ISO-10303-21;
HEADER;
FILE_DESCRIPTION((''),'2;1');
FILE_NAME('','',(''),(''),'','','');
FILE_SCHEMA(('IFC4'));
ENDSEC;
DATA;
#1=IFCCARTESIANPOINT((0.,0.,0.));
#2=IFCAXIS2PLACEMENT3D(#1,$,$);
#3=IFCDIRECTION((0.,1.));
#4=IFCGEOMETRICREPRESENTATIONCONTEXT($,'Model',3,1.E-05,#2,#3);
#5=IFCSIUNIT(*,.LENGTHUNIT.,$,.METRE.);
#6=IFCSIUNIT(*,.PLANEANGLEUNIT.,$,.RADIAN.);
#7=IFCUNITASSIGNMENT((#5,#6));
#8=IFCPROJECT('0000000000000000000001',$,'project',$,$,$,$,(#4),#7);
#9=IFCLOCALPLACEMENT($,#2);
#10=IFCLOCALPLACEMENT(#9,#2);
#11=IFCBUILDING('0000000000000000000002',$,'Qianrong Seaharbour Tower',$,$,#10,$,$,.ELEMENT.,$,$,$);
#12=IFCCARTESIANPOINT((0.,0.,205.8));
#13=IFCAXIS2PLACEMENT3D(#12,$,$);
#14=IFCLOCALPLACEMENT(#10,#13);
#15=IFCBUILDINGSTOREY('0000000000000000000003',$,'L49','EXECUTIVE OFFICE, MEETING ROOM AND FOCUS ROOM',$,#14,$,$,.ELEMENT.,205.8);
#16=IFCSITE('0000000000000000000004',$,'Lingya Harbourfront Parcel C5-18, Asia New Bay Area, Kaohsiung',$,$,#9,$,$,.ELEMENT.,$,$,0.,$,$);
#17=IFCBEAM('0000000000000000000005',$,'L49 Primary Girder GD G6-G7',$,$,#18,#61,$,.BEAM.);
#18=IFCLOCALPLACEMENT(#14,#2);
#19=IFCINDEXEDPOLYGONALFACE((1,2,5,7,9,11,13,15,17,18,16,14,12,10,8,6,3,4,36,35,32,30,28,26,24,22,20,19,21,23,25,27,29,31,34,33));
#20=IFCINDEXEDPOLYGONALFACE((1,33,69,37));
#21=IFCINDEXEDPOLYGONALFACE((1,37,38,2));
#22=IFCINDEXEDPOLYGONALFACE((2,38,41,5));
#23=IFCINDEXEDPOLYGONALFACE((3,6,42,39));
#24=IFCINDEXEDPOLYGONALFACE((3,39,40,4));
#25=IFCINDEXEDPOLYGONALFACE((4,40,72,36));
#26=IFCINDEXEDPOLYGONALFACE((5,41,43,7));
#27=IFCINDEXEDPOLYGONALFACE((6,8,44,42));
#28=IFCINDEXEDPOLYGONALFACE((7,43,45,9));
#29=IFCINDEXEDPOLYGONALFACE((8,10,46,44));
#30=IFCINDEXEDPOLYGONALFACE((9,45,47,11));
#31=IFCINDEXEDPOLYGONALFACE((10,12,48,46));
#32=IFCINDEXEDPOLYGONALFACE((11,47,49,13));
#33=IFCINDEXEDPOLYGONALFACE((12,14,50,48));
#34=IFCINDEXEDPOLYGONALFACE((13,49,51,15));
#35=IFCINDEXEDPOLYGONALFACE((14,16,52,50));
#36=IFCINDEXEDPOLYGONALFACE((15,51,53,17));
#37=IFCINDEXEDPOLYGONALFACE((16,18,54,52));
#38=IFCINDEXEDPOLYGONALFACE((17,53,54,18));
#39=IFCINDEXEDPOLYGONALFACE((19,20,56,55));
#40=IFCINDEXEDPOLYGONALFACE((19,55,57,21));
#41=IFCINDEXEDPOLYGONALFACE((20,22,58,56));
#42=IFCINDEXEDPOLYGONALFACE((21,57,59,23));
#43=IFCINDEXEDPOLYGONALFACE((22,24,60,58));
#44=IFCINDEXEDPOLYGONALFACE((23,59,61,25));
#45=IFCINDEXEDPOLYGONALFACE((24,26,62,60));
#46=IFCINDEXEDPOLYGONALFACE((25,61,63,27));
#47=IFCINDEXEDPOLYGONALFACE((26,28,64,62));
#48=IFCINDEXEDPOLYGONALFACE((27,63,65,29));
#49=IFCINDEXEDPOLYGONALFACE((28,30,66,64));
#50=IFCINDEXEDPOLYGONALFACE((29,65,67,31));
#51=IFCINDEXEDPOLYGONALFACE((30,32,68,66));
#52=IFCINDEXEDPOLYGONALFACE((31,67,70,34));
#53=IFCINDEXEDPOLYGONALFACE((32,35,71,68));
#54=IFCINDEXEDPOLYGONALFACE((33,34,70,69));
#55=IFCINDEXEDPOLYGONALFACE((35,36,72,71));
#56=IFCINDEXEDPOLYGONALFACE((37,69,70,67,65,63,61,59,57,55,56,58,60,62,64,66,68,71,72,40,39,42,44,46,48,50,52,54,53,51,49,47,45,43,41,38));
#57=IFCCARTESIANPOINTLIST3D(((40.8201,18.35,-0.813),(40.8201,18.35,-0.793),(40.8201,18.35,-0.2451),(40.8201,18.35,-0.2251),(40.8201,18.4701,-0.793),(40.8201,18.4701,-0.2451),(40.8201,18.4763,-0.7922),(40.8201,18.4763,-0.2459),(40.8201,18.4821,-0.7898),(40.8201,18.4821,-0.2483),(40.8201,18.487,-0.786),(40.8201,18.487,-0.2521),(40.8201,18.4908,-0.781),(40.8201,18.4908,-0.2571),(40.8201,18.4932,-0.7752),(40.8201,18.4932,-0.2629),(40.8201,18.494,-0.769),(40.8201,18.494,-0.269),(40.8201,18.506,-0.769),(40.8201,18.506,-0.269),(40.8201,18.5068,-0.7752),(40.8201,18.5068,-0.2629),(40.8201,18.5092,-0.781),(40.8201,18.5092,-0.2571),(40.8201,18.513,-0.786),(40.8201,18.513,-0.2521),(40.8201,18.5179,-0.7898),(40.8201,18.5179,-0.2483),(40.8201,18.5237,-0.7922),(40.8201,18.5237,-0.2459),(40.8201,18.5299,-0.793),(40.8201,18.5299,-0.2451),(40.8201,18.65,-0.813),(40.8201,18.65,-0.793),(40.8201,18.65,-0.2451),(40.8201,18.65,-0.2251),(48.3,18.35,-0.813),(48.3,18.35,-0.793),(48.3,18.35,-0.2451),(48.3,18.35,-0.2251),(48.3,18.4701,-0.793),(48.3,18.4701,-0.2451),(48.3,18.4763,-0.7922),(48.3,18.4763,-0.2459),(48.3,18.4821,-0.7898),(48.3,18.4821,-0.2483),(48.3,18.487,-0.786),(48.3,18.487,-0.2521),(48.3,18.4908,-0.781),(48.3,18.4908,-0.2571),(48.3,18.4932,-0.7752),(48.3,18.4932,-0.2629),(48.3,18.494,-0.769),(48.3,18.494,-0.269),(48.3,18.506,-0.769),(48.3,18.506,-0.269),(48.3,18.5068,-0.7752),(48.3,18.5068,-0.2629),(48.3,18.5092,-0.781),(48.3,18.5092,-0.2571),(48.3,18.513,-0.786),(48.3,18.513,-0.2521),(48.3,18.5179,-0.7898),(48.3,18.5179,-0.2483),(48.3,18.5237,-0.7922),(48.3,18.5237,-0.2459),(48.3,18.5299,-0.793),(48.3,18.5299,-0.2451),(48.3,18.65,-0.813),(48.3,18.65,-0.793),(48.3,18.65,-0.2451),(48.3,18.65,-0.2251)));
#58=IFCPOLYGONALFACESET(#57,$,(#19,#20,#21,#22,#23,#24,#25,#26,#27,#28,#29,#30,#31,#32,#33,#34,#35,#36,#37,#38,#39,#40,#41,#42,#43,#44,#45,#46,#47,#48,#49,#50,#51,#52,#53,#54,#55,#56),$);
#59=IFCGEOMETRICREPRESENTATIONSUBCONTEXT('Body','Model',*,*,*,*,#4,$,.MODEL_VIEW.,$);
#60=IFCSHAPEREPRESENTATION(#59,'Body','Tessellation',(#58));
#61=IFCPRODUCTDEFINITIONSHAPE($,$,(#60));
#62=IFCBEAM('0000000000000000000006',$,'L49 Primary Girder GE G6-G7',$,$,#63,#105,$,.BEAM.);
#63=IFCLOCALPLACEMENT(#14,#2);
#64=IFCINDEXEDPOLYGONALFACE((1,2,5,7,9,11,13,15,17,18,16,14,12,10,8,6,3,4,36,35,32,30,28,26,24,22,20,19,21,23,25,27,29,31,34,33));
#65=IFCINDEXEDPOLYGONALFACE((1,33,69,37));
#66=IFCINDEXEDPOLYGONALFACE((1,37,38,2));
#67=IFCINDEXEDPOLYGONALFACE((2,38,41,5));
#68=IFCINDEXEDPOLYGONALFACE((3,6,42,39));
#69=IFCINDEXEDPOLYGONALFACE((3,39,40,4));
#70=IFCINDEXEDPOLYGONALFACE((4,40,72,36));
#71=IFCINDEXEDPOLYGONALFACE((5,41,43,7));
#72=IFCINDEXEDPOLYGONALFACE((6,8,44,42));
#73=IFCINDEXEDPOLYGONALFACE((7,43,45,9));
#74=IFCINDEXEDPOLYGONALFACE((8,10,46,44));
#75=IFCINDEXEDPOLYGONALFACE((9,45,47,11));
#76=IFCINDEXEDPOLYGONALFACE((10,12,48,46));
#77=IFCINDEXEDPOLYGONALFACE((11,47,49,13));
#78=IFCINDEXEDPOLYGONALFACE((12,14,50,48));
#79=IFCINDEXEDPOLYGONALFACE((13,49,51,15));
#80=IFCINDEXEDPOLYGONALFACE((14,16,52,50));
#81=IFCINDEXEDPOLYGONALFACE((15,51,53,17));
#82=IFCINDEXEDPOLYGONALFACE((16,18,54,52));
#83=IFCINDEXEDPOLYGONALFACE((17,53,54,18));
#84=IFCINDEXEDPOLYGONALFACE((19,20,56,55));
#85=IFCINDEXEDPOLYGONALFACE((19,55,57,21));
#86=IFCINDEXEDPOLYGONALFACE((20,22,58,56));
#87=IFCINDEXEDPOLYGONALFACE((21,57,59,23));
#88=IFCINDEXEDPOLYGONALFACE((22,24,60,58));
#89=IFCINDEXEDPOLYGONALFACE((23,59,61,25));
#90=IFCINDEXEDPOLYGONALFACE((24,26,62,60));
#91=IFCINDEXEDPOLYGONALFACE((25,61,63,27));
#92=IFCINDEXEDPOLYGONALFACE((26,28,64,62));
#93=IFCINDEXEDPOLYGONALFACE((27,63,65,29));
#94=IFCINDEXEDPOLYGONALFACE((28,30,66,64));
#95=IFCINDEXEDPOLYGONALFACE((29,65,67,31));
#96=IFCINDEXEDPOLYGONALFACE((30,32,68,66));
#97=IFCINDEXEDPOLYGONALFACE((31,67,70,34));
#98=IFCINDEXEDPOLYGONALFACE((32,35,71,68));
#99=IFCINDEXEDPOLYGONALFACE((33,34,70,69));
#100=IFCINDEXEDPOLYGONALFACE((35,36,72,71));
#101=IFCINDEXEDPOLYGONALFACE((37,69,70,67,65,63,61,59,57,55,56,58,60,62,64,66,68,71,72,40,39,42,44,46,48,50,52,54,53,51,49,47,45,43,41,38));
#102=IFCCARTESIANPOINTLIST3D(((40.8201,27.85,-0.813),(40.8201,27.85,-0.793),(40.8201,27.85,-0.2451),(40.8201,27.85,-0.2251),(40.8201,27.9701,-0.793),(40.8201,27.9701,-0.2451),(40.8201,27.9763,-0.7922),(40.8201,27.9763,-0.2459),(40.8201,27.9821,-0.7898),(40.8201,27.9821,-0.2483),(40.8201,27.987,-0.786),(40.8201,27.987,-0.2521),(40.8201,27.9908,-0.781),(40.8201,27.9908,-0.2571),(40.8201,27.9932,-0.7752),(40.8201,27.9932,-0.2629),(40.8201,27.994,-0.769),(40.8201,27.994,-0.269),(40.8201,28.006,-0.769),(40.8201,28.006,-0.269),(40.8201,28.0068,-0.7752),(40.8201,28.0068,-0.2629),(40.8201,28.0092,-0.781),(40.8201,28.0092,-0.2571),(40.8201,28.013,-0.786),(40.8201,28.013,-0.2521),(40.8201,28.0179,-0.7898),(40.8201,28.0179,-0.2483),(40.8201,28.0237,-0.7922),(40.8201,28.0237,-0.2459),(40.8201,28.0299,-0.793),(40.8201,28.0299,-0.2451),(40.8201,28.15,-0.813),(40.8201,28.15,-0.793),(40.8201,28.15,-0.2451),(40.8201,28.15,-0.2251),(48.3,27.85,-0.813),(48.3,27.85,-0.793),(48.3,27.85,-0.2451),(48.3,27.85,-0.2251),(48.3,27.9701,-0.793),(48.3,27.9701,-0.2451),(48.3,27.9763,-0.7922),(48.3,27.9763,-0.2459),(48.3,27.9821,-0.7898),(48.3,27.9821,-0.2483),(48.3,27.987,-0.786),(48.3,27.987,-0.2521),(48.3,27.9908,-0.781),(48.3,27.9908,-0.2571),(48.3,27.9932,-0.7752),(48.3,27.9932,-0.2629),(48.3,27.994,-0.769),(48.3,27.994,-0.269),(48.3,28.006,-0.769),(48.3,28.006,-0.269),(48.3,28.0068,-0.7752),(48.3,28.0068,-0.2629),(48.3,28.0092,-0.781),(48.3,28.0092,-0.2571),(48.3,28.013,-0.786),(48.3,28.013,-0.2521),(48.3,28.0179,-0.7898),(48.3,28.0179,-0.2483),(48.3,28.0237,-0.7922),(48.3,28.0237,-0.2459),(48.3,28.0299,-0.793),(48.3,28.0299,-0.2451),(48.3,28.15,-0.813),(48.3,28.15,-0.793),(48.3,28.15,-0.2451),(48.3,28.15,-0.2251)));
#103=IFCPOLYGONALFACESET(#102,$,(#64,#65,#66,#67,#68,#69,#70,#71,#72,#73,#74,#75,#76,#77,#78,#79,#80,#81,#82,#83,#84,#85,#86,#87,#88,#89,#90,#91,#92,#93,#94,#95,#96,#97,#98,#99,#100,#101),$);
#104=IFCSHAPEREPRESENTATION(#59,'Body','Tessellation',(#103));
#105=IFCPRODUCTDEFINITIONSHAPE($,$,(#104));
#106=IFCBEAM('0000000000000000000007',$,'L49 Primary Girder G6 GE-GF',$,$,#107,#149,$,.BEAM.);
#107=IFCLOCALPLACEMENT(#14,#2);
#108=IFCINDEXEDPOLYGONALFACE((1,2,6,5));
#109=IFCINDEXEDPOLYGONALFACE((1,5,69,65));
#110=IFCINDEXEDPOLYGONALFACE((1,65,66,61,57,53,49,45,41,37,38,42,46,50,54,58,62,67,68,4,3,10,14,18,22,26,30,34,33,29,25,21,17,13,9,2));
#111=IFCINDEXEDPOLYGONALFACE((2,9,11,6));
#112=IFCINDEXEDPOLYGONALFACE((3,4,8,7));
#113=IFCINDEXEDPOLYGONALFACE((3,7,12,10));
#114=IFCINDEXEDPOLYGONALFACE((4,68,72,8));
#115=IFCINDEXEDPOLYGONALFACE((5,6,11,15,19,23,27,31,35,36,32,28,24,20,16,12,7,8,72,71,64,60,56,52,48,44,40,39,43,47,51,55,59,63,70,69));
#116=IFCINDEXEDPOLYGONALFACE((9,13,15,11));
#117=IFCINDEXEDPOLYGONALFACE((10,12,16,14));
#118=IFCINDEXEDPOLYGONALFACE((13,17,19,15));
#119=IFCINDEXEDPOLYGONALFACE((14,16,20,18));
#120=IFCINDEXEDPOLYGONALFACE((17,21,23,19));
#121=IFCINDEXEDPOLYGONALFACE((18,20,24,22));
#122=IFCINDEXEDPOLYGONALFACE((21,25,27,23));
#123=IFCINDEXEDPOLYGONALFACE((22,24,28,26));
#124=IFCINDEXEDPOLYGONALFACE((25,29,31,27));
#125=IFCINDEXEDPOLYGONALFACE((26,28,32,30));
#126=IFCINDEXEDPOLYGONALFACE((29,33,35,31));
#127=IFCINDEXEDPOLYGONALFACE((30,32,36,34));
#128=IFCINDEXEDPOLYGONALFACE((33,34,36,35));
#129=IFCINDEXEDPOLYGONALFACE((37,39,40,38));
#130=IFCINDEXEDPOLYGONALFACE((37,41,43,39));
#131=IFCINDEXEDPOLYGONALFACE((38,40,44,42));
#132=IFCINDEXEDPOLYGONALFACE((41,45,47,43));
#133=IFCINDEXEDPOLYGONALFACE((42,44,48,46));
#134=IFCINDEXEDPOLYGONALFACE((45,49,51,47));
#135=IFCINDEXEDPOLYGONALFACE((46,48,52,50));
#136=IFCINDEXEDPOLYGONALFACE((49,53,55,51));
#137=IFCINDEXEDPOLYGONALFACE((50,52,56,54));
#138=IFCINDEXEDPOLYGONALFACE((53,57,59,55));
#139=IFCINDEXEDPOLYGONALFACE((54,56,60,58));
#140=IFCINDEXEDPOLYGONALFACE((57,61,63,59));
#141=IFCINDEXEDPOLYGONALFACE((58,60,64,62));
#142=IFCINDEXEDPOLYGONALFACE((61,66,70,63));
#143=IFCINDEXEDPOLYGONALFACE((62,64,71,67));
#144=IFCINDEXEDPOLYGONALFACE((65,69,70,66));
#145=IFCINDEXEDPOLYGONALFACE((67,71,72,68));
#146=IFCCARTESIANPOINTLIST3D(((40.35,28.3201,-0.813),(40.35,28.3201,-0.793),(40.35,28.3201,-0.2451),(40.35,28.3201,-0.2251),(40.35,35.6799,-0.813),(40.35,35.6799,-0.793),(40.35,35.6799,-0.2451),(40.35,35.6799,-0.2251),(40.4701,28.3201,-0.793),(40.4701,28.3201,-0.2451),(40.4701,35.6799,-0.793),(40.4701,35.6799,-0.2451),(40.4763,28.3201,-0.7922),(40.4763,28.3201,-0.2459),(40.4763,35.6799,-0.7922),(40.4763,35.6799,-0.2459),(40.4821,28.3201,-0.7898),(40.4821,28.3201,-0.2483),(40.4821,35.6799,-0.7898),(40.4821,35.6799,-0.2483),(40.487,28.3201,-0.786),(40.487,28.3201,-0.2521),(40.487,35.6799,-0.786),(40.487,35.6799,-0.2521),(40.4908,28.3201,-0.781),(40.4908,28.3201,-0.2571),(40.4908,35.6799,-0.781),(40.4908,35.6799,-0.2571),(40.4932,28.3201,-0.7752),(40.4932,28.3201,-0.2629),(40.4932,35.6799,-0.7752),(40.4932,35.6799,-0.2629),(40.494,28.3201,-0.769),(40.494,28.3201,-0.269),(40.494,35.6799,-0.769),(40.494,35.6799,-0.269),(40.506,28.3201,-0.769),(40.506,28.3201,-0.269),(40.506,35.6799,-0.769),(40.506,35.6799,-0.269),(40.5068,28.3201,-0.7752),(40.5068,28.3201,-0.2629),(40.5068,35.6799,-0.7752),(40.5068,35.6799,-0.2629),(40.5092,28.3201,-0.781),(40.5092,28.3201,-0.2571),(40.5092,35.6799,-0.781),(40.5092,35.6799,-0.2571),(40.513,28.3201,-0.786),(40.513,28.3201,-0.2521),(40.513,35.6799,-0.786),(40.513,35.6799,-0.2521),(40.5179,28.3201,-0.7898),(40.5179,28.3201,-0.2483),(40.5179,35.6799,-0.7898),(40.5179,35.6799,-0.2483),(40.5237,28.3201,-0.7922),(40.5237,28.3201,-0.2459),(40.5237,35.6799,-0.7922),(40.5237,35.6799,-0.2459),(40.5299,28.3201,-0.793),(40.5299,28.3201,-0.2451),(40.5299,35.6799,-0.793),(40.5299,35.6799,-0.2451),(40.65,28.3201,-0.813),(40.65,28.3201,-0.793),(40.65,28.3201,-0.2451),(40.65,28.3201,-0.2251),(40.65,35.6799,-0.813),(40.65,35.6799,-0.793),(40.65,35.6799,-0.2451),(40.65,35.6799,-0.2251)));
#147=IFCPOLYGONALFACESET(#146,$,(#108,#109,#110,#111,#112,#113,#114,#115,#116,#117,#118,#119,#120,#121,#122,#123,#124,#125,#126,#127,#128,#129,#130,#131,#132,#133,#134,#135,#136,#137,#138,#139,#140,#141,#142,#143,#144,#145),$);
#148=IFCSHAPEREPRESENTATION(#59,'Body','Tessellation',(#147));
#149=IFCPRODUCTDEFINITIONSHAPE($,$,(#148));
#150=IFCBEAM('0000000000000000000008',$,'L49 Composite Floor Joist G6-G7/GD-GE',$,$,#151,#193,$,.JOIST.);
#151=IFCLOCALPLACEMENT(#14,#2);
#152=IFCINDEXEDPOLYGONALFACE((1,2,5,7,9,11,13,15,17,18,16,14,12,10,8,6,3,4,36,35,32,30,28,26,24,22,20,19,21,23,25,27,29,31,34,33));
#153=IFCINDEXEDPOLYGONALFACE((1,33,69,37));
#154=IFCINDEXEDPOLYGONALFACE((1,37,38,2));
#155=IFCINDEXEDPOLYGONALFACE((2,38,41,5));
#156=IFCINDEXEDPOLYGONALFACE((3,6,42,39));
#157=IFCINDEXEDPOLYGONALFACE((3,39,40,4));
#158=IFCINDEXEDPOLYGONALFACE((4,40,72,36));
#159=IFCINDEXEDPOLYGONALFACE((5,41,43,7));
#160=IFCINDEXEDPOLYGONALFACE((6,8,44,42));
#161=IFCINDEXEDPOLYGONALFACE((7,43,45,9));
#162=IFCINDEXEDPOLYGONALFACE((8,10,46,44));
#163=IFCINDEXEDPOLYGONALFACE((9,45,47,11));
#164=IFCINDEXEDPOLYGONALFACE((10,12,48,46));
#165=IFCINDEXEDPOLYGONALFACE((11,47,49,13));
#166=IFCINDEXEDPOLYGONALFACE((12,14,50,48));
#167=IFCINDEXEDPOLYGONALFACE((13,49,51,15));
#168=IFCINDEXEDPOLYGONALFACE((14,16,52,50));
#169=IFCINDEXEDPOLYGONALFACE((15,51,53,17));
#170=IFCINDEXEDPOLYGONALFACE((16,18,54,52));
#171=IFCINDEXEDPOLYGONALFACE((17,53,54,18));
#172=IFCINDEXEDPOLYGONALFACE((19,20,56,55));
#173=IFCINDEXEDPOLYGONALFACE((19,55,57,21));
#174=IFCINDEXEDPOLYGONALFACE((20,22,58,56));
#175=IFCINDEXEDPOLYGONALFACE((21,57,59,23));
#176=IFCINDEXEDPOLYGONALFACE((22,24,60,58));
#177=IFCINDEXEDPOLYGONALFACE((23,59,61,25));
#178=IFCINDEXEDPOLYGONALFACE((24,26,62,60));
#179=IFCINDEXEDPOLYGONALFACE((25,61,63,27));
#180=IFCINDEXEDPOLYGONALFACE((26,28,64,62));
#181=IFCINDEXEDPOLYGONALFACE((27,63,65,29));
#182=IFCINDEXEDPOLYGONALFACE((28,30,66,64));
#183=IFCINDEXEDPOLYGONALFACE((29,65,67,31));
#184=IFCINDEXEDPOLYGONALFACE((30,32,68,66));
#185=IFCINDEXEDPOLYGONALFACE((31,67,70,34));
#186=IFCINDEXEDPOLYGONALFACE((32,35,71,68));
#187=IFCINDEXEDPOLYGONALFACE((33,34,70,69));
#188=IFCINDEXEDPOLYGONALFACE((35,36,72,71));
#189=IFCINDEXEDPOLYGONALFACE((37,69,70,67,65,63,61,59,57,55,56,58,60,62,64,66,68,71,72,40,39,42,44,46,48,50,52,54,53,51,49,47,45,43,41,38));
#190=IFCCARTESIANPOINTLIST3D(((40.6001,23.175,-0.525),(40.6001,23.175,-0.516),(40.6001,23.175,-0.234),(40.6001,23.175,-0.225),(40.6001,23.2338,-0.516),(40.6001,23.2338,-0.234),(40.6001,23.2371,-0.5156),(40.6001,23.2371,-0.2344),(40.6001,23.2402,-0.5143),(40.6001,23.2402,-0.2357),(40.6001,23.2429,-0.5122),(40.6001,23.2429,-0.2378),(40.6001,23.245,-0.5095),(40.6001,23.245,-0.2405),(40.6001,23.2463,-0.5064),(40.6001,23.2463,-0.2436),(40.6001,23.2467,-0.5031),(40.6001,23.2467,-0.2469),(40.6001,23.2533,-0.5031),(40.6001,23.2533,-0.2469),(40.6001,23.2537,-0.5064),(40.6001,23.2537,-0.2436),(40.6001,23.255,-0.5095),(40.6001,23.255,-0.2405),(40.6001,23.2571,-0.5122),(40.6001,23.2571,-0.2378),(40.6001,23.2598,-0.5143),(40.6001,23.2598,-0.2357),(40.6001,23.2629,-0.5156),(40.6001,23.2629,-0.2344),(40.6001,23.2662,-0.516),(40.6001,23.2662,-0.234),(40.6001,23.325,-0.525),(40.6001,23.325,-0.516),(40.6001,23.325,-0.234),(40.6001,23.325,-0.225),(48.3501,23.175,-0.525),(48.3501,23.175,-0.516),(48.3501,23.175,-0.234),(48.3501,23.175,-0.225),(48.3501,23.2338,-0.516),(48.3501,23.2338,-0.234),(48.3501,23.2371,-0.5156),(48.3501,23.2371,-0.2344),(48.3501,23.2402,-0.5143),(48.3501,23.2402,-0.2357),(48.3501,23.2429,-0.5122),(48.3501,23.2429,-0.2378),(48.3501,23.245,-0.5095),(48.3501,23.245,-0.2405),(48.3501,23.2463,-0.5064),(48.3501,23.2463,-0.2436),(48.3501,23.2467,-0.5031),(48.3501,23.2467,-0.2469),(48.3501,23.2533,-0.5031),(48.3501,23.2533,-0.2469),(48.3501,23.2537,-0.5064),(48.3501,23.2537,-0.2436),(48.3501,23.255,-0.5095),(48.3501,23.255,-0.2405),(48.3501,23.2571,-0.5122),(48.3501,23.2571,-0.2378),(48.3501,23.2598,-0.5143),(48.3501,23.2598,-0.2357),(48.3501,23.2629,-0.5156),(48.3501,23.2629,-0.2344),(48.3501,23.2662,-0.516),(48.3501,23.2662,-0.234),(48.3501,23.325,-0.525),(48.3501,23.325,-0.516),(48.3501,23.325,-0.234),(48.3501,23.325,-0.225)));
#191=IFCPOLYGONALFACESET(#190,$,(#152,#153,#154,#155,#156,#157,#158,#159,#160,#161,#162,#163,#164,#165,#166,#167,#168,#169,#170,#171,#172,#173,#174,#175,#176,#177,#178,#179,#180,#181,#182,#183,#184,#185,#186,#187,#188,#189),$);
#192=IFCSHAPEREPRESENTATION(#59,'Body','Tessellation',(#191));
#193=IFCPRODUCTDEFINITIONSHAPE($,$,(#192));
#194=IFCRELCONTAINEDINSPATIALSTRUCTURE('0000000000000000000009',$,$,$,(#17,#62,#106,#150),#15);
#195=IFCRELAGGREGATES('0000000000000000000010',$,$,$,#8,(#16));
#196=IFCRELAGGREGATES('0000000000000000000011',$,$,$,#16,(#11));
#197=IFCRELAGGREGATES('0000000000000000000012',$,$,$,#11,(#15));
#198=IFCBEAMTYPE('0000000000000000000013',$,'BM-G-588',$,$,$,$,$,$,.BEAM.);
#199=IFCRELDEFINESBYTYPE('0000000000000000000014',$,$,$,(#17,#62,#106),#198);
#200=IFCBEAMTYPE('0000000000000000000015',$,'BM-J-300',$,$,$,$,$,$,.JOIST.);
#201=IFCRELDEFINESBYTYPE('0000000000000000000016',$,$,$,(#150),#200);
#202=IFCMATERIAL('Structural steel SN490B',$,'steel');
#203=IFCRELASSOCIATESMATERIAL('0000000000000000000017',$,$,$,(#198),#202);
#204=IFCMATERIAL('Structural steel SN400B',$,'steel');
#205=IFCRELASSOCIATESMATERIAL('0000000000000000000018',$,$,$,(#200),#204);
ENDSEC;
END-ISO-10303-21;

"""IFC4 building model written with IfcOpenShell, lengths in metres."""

from ifc_helpers import new_model, si_unit, direction, frame, origin, origin_2d, place, context, subcontext, project, spatial, i_section, extrude, material, material_profile, profile_set, type_object, element, save


model = new_model("IFC4")

# Units and contexts
model_context = context("Model", 3, precision=1e-05, world=origin(), true_north=direction((0.0, 1.0)))
body_context = subcontext(model_context, "Body", "Model", "MODEL_VIEW")
ifc_project = project(units=[si_unit("LENGTHUNIT", "METRE"), si_unit("PLANEANGLEUNIT", "RADIAN")], contexts=[model_context])

# Site, building, storey
site_placement = place(None, origin())
site = spatial("IfcSite", under=ifc_project, at=site_placement, Name="Lingya Harbourfront Parcel C5-18, Asia New Bay Area, Kaohsiung", CompositionType="ELEMENT", RefElevation=0.0)
building_placement = place(site_placement, origin())
building = spatial("IfcBuilding", under=site, at=building_placement, Name="Qianrong Seaharbour Tower", CompositionType="ELEMENT")
storey_placement = place(building_placement, frame((0.0, 0.0, 205.8)))
storey = spatial("IfcBuildingStorey", under=building, at=storey_placement, Name="L49", Description="EXECUTIVE OFFICE, MEETING ROOM AND FOCUS ROOM", CompositionType="ELEMENT", Elevation=205.8)

# Beams
ifc_material_1 = material(Name="Structural steel SN490B", Category="steel")
ifc_material_profile_1 = material_profile(ifc_material_1, i_section(OverallWidth=0.3, OverallDepth=0.5879, WebThickness=0.012, FlangeThickness=0.02, FilletRadius=0.0239, at=origin_2d()), Name="H588x300x12x20")
ifc_profile_set_1 = profile_set([ifc_material_profile_1], Name="Structural steel SN490B")
beam_type_1 = type_object("IfcBeamType", Name="BM-G-588", PredefinedType="BEAM", material=ifc_profile_set_1)
for number, where, z_axis, x_axis, name in (
    (1, (40.8201, 18.5, -0.519), (1.0, 0.0, 0.0), (0.0, 1.0, 0.0), "L49 Primary Girder GD G6-G7"),
    (2, (40.8201, 28.0, -0.519), (1.0, 0.0, 0.0), (0.0, 1.0, 0.0), "L49 Primary Girder GE G6-G7"),
):
    element("IfcBeam", number, at=place(storey_placement, frame(where, z_axis=z_axis, x_axis=x_axis)), inside=storey, type_object=beam_type_1, Name=name, PredefinedType="BEAM", context=body_context, shape_type="SweptSolid", body=[
        extrude(i_section(OverallWidth=0.3, OverallDepth=0.5879, WebThickness=0.012, FlangeThickness=0.02, FilletRadius=0.0239, at=origin_2d()), origin(), (0.0, 0.0, 1.0), 7.48),
    ])
beam_1_placement = place(storey_placement, frame((40.5, 28.3201, -0.519), z_axis=(0.0, 1.0, 0.0), x_axis=(-1.0, 0.0, 0.0)))
element("IfcBeam", 3, at=beam_1_placement, inside=storey, type_object=beam_type_1, Name="L49 Primary Girder G6 GE-GF", PredefinedType="BEAM", context=body_context, shape_type="SweptSolid", body=[
    extrude(i_section(OverallWidth=0.3, OverallDepth=0.5879, WebThickness=0.012, FlangeThickness=0.02, FilletRadius=0.0239, at=origin_2d()), origin(), (0.0, 0.0, 1.0), 7.3599),
])
ifc_material_2 = material(Name="Structural steel SN400B", Category="steel")
ifc_material_profile_2 = material_profile(ifc_material_2, i_section(OverallWidth=0.1499, OverallDepth=0.3, WebThickness=0.0066, FlangeThickness=0.009, FilletRadius=0.0129, at=origin_2d()), Name="H300x150x6.5x9")
ifc_profile_set_2 = profile_set([ifc_material_profile_2], Name="Structural steel SN400B")
beam_type_2 = type_object("IfcBeamType", Name="BM-J-300", PredefinedType="JOIST", material=ifc_profile_set_2)
beam_2_placement = place(storey_placement, frame((40.6001, 23.25, -0.375), z_axis=(1.0, 0.0, 0.0), x_axis=(0.0, 1.0, 0.0)))
element("IfcBeam", 4, at=beam_2_placement, inside=storey, type_object=beam_type_2, Name="L49 Composite Floor Joist G6-G7/GD-GE", PredefinedType="JOIST", context=body_context, shape_type="SweptSolid", body=[
    extrude(i_section(OverallWidth=0.1499, OverallDepth=0.3, WebThickness=0.0066, FlangeThickness=0.009, FilletRadius=0.0129, at=origin_2d()), origin(), (0.0, 0.0, 1.0), 7.75),
])

save(model, "model.ifc")
